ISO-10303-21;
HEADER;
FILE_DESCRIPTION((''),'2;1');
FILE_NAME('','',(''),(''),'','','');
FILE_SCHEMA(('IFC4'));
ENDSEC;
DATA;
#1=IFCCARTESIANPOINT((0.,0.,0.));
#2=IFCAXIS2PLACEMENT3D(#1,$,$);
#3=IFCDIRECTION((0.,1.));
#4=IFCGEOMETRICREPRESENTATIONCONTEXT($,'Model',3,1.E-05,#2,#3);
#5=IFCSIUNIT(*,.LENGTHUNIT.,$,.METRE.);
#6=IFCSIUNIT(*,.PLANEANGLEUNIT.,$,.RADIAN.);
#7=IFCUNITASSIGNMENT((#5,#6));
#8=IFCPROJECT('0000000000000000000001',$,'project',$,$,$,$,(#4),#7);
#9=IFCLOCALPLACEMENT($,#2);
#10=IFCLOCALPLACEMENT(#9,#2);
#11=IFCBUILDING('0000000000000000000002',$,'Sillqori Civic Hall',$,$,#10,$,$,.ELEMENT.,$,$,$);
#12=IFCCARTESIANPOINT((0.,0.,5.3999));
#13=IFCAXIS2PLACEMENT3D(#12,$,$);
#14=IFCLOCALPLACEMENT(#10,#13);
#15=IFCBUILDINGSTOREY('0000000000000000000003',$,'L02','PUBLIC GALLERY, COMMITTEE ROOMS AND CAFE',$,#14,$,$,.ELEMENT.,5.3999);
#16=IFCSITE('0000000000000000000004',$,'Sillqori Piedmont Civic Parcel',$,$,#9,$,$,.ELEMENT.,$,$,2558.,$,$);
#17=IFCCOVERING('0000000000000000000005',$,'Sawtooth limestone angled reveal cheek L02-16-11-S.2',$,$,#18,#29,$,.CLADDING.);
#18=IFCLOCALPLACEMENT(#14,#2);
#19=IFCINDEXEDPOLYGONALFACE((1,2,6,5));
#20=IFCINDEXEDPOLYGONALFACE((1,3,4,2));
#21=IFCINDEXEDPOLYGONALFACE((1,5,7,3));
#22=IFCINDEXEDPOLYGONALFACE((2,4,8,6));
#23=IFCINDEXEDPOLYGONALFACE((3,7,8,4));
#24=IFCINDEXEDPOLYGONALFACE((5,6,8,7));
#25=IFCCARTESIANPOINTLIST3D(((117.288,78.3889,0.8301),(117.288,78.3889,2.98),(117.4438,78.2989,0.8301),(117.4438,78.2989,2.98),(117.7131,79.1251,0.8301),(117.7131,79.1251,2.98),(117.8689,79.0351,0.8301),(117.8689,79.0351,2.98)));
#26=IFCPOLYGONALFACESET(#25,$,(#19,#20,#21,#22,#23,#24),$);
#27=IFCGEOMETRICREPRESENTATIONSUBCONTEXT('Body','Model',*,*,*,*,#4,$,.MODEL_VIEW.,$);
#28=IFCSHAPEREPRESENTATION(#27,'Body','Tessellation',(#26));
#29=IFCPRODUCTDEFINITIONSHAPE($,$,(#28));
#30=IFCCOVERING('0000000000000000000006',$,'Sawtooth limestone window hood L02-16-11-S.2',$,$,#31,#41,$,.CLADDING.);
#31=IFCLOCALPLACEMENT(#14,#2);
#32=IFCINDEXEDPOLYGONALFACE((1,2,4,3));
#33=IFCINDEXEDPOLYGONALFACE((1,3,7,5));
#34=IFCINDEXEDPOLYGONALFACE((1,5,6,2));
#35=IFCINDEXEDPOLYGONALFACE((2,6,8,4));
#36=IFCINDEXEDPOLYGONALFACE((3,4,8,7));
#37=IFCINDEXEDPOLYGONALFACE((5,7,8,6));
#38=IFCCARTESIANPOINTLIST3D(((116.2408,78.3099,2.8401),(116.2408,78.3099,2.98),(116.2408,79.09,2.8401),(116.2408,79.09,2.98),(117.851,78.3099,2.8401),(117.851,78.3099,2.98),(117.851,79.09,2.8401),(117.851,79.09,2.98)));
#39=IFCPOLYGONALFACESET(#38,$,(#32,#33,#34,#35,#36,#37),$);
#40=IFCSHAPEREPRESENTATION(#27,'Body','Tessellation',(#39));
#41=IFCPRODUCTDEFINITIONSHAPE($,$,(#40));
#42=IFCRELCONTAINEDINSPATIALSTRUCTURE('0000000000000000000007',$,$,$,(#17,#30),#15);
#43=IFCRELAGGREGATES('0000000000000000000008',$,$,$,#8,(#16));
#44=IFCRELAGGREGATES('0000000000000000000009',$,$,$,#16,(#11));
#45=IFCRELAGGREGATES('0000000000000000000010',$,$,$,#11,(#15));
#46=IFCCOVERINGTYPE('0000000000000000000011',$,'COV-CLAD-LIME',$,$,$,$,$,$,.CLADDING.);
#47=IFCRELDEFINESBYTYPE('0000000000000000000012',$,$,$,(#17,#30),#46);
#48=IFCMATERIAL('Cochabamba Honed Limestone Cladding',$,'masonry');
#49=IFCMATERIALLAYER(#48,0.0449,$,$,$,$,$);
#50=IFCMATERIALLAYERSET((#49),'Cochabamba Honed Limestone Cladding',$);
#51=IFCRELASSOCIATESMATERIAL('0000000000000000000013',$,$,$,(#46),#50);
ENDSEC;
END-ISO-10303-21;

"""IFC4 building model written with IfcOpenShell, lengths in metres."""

from ifc_helpers import new_model, si_unit, direction, frame, frame_2d, origin, place, context, subcontext, project, spatial, rectangle, extrude, material, layer, layer_set, type_object, element, save


model = new_model("IFC4")

# Units and contexts
model_context = context("Model", 3, precision=1e-05, world=origin(), true_north=direction((0.0, 1.0)))
body_context = subcontext(model_context, "Body", "Model", "MODEL_VIEW")
ifc_project = project(units=[si_unit("LENGTHUNIT", "METRE"), si_unit("PLANEANGLEUNIT", "RADIAN")], contexts=[model_context])

# Site, building, storey
site_placement = place(None, origin())
site = spatial("IfcSite", under=ifc_project, at=site_placement, Name="Sillqori Piedmont Civic Parcel", CompositionType="ELEMENT", RefElevation=2558.0)
building_placement = place(site_placement, origin())
building = spatial("IfcBuilding", under=site, at=building_placement, Name="Sillqori Civic Hall", CompositionType="ELEMENT")
storey_placement = place(building_placement, frame((0.0, 0.0, 5.3999)))
storey = spatial("IfcBuildingStorey", under=building, at=storey_placement, Name="L02", Description="PUBLIC GALLERY, COMMITTEE ROOMS AND CAFE", CompositionType="ELEMENT", Elevation=5.3999)

# Coverings
ifc_material_1 = material(Name="Cochabamba Honed Limestone Cladding", Category="masonry")
ifc_layer_1 = layer(ifc_material_1, 0.0449)
ifc_layer_set_1 = layer_set([ifc_layer_1], Name="Cochabamba Honed Limestone Cladding")
covering_type = type_object("IfcCoveringType", Name="COV-CLAD-LIME", PredefinedType="CLADDING", material=ifc_layer_set_1)
covering_1_placement = place(storey_placement, frame((117.791, 79.0801, 0.8301), z_axis=(0.0, 0.0, 1.0), x_axis=(-0.500062, -0.865989, 0.0)))
element("IfcCovering", 1, at=covering_1_placement, inside=storey, type_object=covering_type, Name="Sawtooth limestone angled reveal cheek L02-16-11-S.2", PredefinedType="CLADDING", context=body_context, shape_type="SweptSolid", body=[
    extrude(rectangle(XDim=0.8501, YDim=0.1799, at=frame_2d((0.425, 0.0))), origin(), (0.0, 0.0, 1.0), 2.1499),
])
covering_2_placement = place(storey_placement, frame((117.8511, 78.7, 2.8401), z_axis=(0.0, 0.0, 1.0), x_axis=(-1.0, 0.0, 0.0)))
element("IfcCovering", 2, at=covering_2_placement, inside=storey, type_object=covering_type, Name="Sawtooth limestone window hood L02-16-11-S.2", PredefinedType="CLADDING", context=body_context, shape_type="SweptSolid", body=[
    extrude(rectangle(XDim=1.6101, YDim=0.78, at=frame_2d((0.8052, 0.0))), origin(), (0.0, 0.0, 1.0), 0.1399),
])

save(model, "model.ifc")
